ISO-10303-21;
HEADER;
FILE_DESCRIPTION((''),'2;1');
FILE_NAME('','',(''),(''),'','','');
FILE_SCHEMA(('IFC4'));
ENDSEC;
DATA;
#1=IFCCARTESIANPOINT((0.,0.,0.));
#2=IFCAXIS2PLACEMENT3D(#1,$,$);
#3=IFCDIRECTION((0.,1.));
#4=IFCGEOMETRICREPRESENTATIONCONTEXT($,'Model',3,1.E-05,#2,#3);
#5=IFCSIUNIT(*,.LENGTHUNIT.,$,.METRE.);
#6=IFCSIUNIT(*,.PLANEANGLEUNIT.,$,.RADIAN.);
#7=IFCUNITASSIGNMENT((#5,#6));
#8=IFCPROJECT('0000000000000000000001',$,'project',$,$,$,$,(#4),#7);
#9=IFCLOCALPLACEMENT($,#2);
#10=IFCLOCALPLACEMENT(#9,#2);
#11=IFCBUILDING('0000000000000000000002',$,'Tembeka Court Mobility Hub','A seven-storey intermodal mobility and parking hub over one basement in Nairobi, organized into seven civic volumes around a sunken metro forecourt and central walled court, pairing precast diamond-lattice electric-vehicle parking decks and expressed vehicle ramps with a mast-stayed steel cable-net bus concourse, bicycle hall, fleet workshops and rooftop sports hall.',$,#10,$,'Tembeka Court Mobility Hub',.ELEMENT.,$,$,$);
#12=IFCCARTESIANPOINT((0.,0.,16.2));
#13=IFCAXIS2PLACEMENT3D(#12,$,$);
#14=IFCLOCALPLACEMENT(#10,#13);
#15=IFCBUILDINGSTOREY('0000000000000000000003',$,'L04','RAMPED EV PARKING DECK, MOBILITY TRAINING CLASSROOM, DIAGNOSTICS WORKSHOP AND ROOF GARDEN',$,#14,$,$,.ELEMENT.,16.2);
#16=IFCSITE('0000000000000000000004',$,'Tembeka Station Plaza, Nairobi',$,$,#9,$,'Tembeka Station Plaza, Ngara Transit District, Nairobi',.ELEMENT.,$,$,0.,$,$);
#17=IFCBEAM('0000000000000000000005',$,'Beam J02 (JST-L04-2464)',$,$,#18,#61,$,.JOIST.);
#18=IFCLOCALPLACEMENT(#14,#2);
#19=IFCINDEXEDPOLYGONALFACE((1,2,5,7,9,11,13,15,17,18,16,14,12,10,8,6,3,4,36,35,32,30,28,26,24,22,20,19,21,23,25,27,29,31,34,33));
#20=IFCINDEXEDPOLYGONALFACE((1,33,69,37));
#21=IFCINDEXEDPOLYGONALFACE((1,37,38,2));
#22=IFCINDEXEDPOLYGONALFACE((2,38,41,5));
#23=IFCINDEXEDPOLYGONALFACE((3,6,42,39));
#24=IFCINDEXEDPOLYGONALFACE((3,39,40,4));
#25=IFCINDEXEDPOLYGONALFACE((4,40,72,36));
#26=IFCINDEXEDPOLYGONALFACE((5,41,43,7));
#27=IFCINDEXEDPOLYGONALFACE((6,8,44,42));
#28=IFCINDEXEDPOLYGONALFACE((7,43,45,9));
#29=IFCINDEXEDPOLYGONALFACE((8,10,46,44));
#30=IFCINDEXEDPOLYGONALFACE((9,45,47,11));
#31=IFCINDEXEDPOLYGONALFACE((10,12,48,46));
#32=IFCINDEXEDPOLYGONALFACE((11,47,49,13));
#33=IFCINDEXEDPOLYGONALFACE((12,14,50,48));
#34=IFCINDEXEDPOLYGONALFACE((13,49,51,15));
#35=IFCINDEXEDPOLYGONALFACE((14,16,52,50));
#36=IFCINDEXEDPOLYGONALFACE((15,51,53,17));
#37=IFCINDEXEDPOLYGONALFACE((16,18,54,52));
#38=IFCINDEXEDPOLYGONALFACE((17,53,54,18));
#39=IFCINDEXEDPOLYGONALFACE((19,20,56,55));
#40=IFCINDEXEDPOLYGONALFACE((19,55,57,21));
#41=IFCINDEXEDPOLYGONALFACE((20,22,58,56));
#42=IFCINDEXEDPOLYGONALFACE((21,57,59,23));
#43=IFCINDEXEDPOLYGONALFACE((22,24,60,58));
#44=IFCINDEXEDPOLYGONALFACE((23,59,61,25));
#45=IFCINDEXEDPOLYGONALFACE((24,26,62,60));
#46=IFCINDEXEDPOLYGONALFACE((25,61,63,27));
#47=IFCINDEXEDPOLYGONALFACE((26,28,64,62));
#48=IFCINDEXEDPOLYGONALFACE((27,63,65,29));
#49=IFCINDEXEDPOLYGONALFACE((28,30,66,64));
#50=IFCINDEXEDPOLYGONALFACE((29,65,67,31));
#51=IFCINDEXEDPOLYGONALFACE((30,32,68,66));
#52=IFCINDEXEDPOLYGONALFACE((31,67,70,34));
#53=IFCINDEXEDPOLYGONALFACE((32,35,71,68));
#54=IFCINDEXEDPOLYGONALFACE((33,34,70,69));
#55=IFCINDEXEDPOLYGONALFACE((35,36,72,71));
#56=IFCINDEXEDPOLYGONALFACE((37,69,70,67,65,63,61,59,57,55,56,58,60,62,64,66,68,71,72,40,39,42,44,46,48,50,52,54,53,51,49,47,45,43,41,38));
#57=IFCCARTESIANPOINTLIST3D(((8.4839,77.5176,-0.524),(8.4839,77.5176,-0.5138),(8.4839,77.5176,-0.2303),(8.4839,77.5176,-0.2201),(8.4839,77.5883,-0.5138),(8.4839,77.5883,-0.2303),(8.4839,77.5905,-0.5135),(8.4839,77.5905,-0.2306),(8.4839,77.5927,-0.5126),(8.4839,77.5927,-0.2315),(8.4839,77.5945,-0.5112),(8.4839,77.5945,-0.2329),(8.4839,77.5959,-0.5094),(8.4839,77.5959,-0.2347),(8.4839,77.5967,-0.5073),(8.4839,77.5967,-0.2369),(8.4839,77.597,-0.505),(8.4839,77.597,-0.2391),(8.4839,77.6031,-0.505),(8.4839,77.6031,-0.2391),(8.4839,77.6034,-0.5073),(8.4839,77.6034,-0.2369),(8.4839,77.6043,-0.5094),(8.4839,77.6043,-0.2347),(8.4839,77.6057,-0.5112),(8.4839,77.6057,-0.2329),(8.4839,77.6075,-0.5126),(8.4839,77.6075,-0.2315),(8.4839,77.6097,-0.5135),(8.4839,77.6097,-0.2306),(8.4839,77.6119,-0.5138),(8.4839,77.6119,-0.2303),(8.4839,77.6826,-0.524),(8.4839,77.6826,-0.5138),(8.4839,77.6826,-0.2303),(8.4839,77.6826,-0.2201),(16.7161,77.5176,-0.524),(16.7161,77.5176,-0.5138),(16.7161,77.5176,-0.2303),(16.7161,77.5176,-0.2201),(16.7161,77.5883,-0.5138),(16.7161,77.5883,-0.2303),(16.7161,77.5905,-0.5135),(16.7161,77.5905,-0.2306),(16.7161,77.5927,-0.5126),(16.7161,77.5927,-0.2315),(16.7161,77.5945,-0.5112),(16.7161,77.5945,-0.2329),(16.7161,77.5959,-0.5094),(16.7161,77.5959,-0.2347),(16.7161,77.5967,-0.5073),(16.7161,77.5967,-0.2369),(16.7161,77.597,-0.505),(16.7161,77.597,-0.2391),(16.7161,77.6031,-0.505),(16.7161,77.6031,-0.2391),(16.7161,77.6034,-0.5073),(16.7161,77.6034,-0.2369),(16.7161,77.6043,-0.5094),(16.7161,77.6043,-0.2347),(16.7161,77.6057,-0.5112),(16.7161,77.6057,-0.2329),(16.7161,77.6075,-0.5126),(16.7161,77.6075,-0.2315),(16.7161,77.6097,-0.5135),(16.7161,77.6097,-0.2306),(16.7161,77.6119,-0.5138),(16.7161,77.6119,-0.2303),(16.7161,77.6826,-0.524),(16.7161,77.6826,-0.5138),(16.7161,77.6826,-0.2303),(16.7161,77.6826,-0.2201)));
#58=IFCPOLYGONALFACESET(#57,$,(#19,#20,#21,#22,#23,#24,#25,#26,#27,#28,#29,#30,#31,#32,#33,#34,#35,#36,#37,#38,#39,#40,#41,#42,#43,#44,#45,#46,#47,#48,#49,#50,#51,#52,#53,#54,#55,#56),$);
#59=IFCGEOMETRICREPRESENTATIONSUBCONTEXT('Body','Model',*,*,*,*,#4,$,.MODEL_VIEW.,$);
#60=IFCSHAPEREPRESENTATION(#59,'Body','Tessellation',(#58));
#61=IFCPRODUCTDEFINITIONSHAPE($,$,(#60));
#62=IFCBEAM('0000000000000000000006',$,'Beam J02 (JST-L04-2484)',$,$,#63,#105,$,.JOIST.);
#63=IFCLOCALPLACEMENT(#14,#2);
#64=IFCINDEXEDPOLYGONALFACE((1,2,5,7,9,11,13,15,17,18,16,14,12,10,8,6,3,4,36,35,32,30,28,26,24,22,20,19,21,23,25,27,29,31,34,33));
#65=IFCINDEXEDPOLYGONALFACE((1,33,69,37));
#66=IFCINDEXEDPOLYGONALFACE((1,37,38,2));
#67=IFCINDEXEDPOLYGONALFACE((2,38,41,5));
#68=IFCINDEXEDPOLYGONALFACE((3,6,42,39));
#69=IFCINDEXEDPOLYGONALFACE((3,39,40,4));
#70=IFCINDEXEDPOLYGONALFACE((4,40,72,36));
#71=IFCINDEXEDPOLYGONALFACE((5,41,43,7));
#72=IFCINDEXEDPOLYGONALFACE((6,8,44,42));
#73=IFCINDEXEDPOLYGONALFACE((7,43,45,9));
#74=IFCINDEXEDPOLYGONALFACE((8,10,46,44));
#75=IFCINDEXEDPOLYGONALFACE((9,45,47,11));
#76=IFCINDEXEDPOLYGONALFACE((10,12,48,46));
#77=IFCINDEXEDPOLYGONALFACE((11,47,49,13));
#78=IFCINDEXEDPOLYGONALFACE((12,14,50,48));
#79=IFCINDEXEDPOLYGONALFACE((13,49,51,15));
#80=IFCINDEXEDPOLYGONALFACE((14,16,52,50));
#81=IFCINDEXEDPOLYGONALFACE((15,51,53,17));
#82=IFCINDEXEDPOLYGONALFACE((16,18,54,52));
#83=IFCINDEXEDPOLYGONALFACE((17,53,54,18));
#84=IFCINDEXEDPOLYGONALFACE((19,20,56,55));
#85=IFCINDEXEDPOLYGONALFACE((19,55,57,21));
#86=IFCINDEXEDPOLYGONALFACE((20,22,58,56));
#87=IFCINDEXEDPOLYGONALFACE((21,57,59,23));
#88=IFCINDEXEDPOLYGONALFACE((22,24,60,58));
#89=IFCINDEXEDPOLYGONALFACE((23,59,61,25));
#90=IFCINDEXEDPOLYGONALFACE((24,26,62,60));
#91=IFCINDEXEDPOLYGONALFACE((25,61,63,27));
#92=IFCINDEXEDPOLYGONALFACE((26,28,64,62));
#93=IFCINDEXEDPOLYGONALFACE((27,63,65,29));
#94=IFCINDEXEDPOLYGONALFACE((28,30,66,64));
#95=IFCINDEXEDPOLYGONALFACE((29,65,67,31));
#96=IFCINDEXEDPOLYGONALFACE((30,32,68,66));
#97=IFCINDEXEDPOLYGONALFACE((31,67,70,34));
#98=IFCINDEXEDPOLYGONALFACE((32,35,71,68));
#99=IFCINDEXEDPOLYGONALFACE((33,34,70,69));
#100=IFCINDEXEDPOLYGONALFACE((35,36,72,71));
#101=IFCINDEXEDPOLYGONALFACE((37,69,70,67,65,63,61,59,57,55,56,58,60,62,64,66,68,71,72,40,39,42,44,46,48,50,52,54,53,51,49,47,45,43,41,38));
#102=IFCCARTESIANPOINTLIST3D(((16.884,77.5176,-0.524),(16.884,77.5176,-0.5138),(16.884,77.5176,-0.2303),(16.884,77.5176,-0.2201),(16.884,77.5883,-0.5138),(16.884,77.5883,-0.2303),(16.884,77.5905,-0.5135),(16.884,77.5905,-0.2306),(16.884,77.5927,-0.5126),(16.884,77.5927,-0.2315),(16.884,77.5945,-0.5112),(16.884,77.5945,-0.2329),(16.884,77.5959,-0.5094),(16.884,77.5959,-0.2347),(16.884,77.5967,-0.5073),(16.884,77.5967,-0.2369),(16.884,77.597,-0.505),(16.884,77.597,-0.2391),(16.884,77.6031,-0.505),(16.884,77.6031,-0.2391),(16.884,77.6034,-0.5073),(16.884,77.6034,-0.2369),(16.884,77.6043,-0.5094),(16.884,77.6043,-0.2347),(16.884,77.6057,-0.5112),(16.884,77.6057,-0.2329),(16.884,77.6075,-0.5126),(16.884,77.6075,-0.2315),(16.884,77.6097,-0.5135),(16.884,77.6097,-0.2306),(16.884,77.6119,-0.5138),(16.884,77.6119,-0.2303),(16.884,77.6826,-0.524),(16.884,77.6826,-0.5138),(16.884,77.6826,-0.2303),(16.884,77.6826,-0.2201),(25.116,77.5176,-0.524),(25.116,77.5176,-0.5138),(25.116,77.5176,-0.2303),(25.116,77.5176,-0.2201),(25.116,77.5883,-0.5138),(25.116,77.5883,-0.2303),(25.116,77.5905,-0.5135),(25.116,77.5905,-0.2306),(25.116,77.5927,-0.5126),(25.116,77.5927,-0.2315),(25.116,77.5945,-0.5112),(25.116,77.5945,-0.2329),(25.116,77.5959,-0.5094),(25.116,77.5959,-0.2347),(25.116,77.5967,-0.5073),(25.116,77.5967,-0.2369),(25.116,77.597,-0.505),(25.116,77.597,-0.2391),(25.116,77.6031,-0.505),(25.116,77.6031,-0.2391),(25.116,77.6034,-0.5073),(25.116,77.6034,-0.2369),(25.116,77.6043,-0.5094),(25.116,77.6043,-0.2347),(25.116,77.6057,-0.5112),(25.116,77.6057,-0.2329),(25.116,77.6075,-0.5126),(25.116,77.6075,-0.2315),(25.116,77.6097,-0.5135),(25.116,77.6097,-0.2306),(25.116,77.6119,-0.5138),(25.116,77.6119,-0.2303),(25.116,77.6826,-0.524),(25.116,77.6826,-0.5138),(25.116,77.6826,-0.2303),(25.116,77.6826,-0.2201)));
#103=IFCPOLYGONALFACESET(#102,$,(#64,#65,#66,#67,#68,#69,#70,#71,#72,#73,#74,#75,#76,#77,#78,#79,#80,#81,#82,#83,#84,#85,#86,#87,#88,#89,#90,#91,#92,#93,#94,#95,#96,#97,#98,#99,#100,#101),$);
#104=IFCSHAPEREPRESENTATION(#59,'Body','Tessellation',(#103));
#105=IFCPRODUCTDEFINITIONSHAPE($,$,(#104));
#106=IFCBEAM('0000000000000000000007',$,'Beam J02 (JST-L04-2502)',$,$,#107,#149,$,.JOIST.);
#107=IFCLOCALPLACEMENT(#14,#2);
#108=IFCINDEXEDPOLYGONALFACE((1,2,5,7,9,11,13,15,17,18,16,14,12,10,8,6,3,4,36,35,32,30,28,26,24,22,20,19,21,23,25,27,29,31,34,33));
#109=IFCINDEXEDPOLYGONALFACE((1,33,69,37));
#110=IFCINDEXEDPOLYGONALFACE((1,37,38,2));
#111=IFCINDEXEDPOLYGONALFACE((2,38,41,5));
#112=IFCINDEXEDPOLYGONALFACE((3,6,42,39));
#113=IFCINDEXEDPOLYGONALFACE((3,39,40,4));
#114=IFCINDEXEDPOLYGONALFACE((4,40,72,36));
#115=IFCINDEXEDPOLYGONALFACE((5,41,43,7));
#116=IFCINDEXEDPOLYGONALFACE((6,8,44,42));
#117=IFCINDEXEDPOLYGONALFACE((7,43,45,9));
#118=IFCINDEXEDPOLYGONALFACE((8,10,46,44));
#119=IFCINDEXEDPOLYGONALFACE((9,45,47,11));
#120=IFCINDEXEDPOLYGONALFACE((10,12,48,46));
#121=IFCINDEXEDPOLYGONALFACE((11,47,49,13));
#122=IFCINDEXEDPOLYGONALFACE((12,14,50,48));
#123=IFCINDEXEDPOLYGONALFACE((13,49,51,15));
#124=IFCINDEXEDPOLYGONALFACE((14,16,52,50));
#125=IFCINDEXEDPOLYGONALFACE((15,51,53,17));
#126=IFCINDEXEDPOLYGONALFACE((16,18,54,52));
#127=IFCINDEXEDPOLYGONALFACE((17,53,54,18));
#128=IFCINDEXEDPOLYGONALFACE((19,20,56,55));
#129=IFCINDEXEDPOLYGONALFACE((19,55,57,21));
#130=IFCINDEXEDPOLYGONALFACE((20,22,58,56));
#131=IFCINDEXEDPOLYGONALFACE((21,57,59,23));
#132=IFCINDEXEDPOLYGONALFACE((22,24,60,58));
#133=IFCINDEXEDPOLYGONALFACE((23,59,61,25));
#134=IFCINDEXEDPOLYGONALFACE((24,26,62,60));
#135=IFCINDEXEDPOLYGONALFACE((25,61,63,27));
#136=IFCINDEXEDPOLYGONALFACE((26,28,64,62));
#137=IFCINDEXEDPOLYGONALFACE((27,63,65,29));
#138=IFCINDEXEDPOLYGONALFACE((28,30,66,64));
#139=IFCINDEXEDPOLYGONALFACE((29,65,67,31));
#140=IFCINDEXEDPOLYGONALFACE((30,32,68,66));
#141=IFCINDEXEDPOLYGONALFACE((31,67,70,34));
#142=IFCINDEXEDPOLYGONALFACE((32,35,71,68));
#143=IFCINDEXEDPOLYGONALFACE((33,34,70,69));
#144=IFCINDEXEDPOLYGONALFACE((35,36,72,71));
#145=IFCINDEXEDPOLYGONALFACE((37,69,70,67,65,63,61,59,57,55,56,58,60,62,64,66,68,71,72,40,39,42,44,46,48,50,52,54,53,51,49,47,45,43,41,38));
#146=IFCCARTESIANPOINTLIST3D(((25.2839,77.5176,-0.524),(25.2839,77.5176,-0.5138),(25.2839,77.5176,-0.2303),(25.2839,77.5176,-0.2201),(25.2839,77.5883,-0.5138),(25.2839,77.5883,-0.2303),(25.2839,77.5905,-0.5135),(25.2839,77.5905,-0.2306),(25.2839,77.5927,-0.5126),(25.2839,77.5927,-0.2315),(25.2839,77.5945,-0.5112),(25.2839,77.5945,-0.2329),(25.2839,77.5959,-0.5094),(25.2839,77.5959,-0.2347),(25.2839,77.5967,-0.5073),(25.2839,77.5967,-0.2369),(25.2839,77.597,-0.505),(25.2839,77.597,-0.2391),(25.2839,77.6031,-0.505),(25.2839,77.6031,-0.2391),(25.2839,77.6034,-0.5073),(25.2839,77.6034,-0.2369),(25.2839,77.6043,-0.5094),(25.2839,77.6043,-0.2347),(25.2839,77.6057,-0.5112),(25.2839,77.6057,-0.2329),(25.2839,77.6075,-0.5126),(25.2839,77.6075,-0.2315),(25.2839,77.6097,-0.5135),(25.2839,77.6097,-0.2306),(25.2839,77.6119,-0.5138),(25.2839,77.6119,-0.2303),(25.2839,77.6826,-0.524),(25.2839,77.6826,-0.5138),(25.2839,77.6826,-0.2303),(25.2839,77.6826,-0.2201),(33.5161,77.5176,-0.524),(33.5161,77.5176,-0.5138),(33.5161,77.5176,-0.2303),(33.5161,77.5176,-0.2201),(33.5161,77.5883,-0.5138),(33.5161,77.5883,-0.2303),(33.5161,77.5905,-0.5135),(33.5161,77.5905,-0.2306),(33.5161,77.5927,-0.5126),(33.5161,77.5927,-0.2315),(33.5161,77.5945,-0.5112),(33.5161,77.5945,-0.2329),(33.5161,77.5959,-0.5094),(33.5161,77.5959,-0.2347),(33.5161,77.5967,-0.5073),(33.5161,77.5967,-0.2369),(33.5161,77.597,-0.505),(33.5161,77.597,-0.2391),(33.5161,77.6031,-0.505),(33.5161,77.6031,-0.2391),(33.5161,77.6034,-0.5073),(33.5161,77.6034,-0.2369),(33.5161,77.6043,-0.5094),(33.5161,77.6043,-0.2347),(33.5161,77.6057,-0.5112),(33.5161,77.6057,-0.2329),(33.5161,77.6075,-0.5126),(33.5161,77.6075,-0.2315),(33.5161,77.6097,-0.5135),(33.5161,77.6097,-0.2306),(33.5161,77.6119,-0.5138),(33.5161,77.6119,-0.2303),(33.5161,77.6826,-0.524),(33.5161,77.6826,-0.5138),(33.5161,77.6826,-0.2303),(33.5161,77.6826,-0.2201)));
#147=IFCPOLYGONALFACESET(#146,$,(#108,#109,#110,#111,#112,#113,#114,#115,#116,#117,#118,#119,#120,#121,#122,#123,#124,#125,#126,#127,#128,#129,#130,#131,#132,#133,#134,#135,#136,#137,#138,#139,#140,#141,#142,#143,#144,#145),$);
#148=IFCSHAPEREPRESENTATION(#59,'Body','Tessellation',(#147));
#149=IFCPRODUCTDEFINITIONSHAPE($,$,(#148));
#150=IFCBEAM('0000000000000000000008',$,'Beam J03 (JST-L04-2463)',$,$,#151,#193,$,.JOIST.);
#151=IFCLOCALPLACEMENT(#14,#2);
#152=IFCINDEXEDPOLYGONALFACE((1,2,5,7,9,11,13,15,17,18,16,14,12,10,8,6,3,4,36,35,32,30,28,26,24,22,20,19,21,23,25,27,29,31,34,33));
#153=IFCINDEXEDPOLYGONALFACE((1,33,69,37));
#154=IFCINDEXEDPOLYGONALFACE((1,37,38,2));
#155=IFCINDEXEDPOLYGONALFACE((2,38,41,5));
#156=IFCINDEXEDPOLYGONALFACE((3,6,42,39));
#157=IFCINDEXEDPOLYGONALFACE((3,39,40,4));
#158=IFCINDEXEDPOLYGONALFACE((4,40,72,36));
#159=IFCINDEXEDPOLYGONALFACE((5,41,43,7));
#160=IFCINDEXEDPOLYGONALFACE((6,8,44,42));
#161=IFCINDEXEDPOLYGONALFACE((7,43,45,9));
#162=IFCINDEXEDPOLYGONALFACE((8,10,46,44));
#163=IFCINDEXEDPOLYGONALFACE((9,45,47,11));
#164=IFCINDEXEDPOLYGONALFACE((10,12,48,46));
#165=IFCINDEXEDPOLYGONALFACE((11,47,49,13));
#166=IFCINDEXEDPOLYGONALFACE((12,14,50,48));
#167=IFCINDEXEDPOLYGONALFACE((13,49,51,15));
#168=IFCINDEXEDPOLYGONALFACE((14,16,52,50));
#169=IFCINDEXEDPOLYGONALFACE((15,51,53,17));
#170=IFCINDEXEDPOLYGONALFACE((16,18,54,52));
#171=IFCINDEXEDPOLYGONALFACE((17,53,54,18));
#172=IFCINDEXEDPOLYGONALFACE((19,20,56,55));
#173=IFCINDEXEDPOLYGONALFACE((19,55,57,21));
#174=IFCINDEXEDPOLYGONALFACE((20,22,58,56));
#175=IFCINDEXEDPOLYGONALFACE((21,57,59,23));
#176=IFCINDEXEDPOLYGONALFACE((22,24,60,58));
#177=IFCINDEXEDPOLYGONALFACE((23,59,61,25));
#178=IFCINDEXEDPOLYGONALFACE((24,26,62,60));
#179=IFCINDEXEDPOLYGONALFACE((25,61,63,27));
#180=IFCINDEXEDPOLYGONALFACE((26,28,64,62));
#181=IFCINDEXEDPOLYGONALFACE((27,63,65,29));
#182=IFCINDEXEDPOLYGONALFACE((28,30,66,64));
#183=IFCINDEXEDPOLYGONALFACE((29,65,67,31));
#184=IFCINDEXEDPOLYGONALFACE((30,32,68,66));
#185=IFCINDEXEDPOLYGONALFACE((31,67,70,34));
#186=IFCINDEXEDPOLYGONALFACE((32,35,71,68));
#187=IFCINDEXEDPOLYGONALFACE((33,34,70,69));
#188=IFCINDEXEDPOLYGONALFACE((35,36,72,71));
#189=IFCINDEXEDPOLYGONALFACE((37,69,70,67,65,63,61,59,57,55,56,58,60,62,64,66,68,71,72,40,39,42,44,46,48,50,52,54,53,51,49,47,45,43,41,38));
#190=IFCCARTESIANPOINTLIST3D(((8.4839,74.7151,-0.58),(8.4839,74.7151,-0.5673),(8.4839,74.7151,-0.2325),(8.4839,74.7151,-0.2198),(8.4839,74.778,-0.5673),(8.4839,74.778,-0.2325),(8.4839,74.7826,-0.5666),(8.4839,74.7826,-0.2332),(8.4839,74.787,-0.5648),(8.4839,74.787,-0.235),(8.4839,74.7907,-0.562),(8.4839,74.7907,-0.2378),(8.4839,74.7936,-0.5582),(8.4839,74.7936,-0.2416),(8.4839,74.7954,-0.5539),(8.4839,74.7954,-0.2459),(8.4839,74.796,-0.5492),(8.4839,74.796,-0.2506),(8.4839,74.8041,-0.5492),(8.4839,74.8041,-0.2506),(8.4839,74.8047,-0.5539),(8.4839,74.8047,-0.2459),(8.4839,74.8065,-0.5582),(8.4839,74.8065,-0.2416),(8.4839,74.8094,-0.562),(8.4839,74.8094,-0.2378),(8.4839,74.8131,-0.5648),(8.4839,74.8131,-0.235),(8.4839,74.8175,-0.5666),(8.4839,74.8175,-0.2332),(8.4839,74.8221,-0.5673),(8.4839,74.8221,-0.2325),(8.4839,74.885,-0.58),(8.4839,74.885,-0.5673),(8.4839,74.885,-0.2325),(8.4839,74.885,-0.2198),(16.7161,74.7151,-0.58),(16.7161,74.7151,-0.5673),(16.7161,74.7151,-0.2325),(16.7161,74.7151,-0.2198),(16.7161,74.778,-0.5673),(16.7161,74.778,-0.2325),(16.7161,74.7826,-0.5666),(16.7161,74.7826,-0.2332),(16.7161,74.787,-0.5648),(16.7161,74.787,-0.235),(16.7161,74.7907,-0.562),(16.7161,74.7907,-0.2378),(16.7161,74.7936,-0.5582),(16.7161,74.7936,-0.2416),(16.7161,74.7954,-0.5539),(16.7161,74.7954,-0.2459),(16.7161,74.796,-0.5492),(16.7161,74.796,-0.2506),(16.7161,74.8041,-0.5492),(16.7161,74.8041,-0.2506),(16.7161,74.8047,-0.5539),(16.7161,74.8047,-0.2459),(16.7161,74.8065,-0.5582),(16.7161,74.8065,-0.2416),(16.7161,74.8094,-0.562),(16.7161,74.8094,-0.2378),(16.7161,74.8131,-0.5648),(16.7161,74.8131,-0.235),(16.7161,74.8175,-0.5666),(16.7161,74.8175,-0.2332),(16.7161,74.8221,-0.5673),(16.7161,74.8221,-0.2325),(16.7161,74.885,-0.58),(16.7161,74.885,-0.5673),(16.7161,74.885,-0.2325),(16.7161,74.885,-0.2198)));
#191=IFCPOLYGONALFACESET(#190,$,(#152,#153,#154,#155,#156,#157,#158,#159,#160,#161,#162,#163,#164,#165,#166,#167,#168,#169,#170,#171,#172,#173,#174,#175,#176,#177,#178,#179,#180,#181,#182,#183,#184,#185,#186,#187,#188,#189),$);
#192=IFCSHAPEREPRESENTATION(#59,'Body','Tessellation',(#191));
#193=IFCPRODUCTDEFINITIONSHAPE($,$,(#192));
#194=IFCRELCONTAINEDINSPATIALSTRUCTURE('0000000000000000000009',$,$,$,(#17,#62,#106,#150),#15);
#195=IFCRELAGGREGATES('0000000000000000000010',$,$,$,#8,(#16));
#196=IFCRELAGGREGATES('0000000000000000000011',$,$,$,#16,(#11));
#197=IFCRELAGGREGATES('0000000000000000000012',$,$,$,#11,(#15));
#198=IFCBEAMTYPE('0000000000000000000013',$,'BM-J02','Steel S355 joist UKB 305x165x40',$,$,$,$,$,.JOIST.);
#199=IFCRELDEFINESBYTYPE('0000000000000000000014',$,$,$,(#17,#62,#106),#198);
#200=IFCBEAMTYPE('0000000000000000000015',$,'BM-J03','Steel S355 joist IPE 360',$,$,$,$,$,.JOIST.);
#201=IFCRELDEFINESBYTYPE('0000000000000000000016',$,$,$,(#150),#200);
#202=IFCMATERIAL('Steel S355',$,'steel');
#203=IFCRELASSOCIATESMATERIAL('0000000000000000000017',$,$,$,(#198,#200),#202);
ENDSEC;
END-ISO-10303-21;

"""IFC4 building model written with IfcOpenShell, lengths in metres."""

from ifc_helpers import new_model, si_unit, direction, frame, origin, origin_2d, place, context, subcontext, project, spatial, i_section, extrude, material, material_profile, profile_set, type_object, element, save


model = new_model("IFC4")

# Units and contexts
model_context = context("Model", 3, precision=1e-05, world=origin(), true_north=direction((0.0, 1.0)))
body_context = subcontext(model_context, "Body", "Model", "MODEL_VIEW")
ifc_project = project(units=[si_unit("LENGTHUNIT", "METRE"), si_unit("PLANEANGLEUNIT", "RADIAN")], contexts=[model_context])

# Site, building, storey
site_placement = place(None, origin())
site = spatial("IfcSite", under=ifc_project, at=site_placement, Name="Tembeka Station Plaza, Nairobi", LongName="Tembeka Station Plaza, Ngara Transit District, Nairobi", CompositionType="ELEMENT", RefElevation=0.0)
building_placement = place(site_placement, origin())
building = spatial("IfcBuilding", under=site, at=building_placement, Name="Tembeka Court Mobility Hub", Description="A seven-storey intermodal mobility and parking hub over one basement in Nairobi, organized into seven civic volumes around a sunken metro forecourt and central walled court, pairing precast diamond-lattice electric-vehicle parking decks and expressed vehicle ramps with a mast-stayed steel cable-net bus concourse, bicycle hall, fleet workshops and rooftop sports hall.", LongName="Tembeka Court Mobility Hub", CompositionType="ELEMENT")
storey_placement = place(building_placement, frame((0.0, 0.0, 16.2)))
storey = spatial("IfcBuildingStorey", under=building, at=storey_placement, Name="L04", Description="RAMPED EV PARKING DECK, MOBILITY TRAINING CLASSROOM, DIAGNOSTICS WORKSHOP AND ROOF GARDEN", CompositionType="ELEMENT", Elevation=16.2)

# Shared definitions
ifc_material = material(Name="Steel S355", Category="steel")

# Beams
ifc_material_profile_1 = material_profile(ifc_material, i_section(OverallWidth=0.165, OverallDepth=0.304, WebThickness=0.0061, FlangeThickness=0.0103, FilletRadius=0.0088, at=origin_2d()), Name="UKB 305x165x40")
ifc_profile_set_1 = profile_set([ifc_material_profile_1], Name="Steel S355")
beam_type_1 = type_object("IfcBeamType", Name="BM-J02", Description="Steel S355 joist UKB 305x165x40", PredefinedType="JOIST", material=ifc_profile_set_1)
beam_1_placement = place(storey_placement, frame((8.4839, 77.6001, -0.3721), z_axis=(1.0, 0.0, 0.0), x_axis=(0.0, 1.0, 0.0)))
element("IfcBeam", 1, at=beam_1_placement, inside=storey, type_object=beam_type_1, Name="Beam J02 (JST-L04-2464)", PredefinedType="JOIST", context=body_context, shape_type="SweptSolid", body=[
    extrude(i_section(OverallWidth=0.165, OverallDepth=0.304, WebThickness=0.0061, FlangeThickness=0.0103, FilletRadius=0.0088, at=origin_2d()), origin(), (0.0, 0.0, 1.0), 8.2322),
])
beam_2_placement = place(storey_placement, frame((16.884, 77.6001, -0.3721), z_axis=(1.0, 0.0, 0.0), x_axis=(0.0, 1.0, 0.0)))
element("IfcBeam", 2, at=beam_2_placement, inside=storey, type_object=beam_type_1, Name="Beam J02 (JST-L04-2484)", PredefinedType="JOIST", context=body_context, shape_type="SweptSolid", body=[
    extrude(i_section(OverallWidth=0.165, OverallDepth=0.304, WebThickness=0.0061, FlangeThickness=0.0103, FilletRadius=0.0088, at=origin_2d()), origin(), (0.0, 0.0, 1.0), 8.2319),
])
beam_3_placement = place(storey_placement, frame((25.2839, 77.6001, -0.3721), z_axis=(1.0, 0.0, 0.0), x_axis=(0.0, 1.0, 0.0)))
element("IfcBeam", 3, at=beam_3_placement, inside=storey, type_object=beam_type_1, Name="Beam J02 (JST-L04-2502)", PredefinedType="JOIST", context=body_context, shape_type="SweptSolid", body=[
    extrude(i_section(OverallWidth=0.165, OverallDepth=0.304, WebThickness=0.0061, FlangeThickness=0.0103, FilletRadius=0.0088, at=origin_2d()), origin(), (0.0, 0.0, 1.0), 8.2322),
])
ifc_material_profile_2 = material_profile(ifc_material, i_section(OverallWidth=0.1699, OverallDepth=0.3601, WebThickness=0.0081, FlangeThickness=0.0127, FilletRadius=0.0181, at=origin_2d()), Name="IPE 360")
ifc_profile_set_2 = profile_set([ifc_material_profile_2], Name="Steel S355")
beam_type_2 = type_object("IfcBeamType", Name="BM-J03", Description="Steel S355 joist IPE 360", PredefinedType="JOIST", material=ifc_profile_set_2)
beam_4_placement = place(storey_placement, frame((8.4839, 74.8, -0.3999), z_axis=(1.0, 0.0, 0.0), x_axis=(0.0, 1.0, 0.0)))
element("IfcBeam", 4, at=beam_4_placement, inside=storey, type_object=beam_type_2, Name="Beam J03 (JST-L04-2463)", PredefinedType="JOIST", context=body_context, shape_type="SweptSolid", body=[
    extrude(i_section(OverallWidth=0.1699, OverallDepth=0.3601, WebThickness=0.0081, FlangeThickness=0.0127, FilletRadius=0.0181, at=origin_2d()), origin(), (0.0, 0.0, 1.0), 8.2322),
])

save(model, "model.ifc")
